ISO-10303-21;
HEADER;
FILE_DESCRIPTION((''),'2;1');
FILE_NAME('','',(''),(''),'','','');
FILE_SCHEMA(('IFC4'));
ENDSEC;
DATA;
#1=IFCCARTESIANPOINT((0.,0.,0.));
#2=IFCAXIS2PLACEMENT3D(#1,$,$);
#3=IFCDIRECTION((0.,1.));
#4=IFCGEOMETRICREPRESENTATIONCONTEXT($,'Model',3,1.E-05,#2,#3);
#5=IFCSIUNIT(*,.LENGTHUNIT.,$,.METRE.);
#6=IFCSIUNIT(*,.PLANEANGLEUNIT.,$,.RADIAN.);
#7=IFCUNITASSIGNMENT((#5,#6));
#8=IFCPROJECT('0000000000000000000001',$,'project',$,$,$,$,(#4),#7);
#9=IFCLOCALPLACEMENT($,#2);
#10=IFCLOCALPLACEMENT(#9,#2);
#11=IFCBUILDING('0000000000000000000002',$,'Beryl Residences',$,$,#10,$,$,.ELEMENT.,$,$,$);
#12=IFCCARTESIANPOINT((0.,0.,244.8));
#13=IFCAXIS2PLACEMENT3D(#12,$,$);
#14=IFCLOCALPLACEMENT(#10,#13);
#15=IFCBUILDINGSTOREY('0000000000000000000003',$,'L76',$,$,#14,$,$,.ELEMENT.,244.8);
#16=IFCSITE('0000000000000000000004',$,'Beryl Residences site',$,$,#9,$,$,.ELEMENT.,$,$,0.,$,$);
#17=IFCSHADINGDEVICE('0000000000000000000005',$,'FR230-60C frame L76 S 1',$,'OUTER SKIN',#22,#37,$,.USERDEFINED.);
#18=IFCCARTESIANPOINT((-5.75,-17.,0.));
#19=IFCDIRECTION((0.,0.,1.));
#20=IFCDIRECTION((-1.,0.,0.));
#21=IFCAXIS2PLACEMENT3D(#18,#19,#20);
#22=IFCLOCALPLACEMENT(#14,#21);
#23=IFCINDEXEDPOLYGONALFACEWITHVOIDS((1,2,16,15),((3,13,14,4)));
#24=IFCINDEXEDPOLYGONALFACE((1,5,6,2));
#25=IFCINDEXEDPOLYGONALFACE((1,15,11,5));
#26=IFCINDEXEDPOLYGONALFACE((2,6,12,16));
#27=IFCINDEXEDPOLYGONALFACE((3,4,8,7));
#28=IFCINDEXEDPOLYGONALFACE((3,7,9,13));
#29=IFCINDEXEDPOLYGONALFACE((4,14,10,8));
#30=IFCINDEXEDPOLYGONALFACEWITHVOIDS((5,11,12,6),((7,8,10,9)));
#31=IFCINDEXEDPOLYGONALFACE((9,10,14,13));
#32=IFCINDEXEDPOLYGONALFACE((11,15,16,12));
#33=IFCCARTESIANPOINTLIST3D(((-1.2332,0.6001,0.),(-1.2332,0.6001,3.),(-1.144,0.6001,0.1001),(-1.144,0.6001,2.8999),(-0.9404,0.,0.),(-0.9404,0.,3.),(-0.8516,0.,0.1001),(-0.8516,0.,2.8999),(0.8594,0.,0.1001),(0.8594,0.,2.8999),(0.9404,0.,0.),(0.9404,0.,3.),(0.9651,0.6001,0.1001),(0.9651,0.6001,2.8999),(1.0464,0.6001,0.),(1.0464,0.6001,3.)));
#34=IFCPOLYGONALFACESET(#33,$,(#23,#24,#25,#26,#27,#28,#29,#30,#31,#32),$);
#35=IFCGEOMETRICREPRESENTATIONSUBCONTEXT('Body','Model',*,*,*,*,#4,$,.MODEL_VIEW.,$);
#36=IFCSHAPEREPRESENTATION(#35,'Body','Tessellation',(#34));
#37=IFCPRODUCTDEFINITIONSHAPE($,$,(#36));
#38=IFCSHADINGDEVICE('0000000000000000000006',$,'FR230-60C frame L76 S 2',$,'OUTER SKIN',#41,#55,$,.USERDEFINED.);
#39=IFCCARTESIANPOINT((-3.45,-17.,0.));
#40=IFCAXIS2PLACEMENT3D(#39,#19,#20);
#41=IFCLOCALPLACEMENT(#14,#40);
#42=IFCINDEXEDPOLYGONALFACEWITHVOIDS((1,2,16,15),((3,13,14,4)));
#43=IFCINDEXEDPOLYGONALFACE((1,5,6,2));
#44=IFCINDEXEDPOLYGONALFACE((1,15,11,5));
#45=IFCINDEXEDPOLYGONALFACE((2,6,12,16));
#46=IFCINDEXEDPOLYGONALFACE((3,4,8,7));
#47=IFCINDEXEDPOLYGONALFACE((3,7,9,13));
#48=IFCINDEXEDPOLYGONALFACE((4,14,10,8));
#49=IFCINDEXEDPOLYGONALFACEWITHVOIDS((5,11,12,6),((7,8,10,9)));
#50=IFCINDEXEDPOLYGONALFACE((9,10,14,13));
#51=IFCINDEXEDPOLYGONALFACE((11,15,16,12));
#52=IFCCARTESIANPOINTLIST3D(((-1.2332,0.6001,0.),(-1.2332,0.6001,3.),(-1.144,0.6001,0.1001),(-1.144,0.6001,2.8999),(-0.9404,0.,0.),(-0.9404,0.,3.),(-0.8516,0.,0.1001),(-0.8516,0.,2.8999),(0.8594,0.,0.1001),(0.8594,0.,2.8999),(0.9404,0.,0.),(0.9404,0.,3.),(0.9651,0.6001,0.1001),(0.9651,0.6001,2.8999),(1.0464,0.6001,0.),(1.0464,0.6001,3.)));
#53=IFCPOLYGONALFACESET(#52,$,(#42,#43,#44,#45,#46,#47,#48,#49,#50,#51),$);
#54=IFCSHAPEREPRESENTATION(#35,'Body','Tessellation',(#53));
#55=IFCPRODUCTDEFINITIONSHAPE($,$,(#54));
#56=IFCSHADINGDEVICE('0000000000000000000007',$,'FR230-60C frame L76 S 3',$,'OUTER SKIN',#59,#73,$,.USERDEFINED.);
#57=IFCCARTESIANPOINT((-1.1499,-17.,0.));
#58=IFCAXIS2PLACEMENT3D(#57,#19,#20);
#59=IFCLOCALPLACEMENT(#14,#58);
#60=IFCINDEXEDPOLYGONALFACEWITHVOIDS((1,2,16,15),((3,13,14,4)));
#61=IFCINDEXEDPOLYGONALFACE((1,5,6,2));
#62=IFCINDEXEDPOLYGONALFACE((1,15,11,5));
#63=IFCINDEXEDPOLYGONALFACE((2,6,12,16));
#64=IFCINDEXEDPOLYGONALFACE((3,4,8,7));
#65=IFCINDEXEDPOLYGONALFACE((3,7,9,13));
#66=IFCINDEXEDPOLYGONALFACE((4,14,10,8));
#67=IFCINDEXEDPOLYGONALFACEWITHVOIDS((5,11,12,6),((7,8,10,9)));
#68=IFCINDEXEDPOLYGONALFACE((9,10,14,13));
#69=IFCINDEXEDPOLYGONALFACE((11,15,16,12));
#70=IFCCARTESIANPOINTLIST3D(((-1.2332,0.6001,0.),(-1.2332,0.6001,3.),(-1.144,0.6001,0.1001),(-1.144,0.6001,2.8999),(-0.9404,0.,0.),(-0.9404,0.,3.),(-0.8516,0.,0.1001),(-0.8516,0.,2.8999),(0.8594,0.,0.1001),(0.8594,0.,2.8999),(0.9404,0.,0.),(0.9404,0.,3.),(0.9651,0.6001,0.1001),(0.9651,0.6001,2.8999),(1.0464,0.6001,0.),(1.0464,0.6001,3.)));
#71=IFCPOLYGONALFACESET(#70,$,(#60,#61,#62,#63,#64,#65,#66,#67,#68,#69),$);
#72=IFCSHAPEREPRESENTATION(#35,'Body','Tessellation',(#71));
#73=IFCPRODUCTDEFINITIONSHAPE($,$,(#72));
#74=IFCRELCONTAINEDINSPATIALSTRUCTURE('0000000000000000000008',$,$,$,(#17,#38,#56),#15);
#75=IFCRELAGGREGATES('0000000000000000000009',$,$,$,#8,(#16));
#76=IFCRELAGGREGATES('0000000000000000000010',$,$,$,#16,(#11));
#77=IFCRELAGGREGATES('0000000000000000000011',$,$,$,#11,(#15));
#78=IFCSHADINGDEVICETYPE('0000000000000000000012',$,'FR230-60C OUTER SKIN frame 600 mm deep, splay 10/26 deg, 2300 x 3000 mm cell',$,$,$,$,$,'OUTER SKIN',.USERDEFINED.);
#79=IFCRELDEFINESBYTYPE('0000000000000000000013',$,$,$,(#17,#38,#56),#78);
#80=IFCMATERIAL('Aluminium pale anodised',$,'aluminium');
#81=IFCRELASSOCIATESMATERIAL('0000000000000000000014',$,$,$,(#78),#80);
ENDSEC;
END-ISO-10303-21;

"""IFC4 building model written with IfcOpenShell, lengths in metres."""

from ifc_helpers import new_model, entity, si_unit, direction, frame, origin, place, context, subcontext, project, spatial, source, transform, mapped, material, type_object, type_shapes, element, save


model = new_model("IFC4")

# Units and contexts
model_context = context("Model", 3, precision=1e-05, world=origin(), true_north=direction((0.0, 1.0)))
body_context = subcontext(model_context, "Body", "Model", "MODEL_VIEW")
ifc_project = project(units=[si_unit("LENGTHUNIT", "METRE"), si_unit("PLANEANGLEUNIT", "RADIAN")], contexts=[model_context])

# Site, building, storey
site_placement = place(None, origin())
site = spatial("IfcSite", under=ifc_project, at=site_placement, Name="Beryl Residences site", CompositionType="ELEMENT", RefElevation=0.0)
building_placement = place(site_placement, origin())
building = spatial("IfcBuilding", under=site, at=building_placement, Name="Beryl Residences", CompositionType="ELEMENT")
storey_placement = place(building_placement, frame((0.0, 0.0, 244.8)))
storey = spatial("IfcBuildingStorey", under=building, at=storey_placement, Name="L76", CompositionType="ELEMENT", Elevation=244.8)

# Shading devices
ifc_material_1 = material(Name="Aluminium pale anodised", Category="aluminium")
shading_device_type_1 = type_object("IfcShadingDeviceType", Name="FR230-60C OUTER SKIN frame 600 mm deep, splay 10/26 deg, 2300 x 3000 mm cell", ElementType="OUTER SKIN", PredefinedType="USERDEFINED", material=ifc_material_1)
cartesian_point_1 = entity("IfcCartesianPoint", [-0.9404, 0.0])
cartesian_point_2 = entity("IfcCartesianPoint", [-0.8594, 0.1001])
cartesian_point_3 = entity("IfcCartesianPoint", [-1.0464, 0.0])
cartesian_point_4 = entity("IfcCartesianPoint", [-0.9651, 0.1001])
shared_shape_1 = source(origin(), body_context, "Body", "SweptSolid", [
    entity("IfcExtrudedAreaSolidTapered", entity("IfcArbitraryProfileDefWithVoids", "AREA", None, entity("IfcPolyline", [cartesian_point_1, entity("IfcCartesianPoint", [0.9404, 0.0]), entity("IfcCartesianPoint", [0.9404, 3.0]), entity("IfcCartesianPoint", [-0.9404, 3.0]), cartesian_point_1]), [entity("IfcPolyline", [cartesian_point_2, entity("IfcCartesianPoint", [0.8516, 0.1001]), entity("IfcCartesianPoint", [0.8516, 2.8999]), entity("IfcCartesianPoint", [-0.8594, 2.8999]), cartesian_point_2])]), entity("IfcAxis2Placement3D", entity("IfcCartesianPoint", [0.0, 0.0, 0.0]), entity("IfcDirection", [0.0, 1.0, 0.0]), entity("IfcDirection", [-1.0, 0.0, 0.0])), entity("IfcDirection", [0.0, 0.0, 1.0]), 0.6001, entity("IfcArbitraryProfileDefWithVoids", "AREA", None, entity("IfcPolyline", [cartesian_point_3, entity("IfcCartesianPoint", [1.2332, 0.0]), entity("IfcCartesianPoint", [1.2332, 3.0]), entity("IfcCartesianPoint", [-1.0464, 3.0]), cartesian_point_3]), [entity("IfcPolyline", [cartesian_point_4, entity("IfcCartesianPoint", [1.144, 0.1001]), entity("IfcCartesianPoint", [1.144, 2.8999]), entity("IfcCartesianPoint", [-0.9651, 2.8999]), cartesian_point_4])])),
])
type_shapes(shading_device_type_1, [shared_shape_1])
for number, where, z_axis, x_axis, name in (
    (1, (-5.75, -17.0, 0.0), (0.0, 0.0, 1.0), (-1.0, 0.0, 0.0), "FR230-60C frame L76 S 1"),
    (2, (-3.45, -17.0, 0.0), (0.0, 0.0, 1.0), (-1.0, 0.0, 0.0), "FR230-60C frame L76 S 2"),
    (3, (-1.1499, -17.0, 0.0), (0.0, 0.0, 1.0), (-1.0, 0.0, 0.0), "FR230-60C frame L76 S 3"),
):
    element("IfcShadingDevice", number, at=place(storey_placement, frame(where, z_axis=z_axis, x_axis=x_axis)), inside=storey, type_object=shading_device_type_1, Name=name, ObjectType="OUTER SKIN", PredefinedType="USERDEFINED", context=body_context, shape_type="MappedRepresentation", body=[
        mapped(shared_shape_1, transform((0.0, 0.0, 0.0))),
    ])

save(model, "model.ifc")
